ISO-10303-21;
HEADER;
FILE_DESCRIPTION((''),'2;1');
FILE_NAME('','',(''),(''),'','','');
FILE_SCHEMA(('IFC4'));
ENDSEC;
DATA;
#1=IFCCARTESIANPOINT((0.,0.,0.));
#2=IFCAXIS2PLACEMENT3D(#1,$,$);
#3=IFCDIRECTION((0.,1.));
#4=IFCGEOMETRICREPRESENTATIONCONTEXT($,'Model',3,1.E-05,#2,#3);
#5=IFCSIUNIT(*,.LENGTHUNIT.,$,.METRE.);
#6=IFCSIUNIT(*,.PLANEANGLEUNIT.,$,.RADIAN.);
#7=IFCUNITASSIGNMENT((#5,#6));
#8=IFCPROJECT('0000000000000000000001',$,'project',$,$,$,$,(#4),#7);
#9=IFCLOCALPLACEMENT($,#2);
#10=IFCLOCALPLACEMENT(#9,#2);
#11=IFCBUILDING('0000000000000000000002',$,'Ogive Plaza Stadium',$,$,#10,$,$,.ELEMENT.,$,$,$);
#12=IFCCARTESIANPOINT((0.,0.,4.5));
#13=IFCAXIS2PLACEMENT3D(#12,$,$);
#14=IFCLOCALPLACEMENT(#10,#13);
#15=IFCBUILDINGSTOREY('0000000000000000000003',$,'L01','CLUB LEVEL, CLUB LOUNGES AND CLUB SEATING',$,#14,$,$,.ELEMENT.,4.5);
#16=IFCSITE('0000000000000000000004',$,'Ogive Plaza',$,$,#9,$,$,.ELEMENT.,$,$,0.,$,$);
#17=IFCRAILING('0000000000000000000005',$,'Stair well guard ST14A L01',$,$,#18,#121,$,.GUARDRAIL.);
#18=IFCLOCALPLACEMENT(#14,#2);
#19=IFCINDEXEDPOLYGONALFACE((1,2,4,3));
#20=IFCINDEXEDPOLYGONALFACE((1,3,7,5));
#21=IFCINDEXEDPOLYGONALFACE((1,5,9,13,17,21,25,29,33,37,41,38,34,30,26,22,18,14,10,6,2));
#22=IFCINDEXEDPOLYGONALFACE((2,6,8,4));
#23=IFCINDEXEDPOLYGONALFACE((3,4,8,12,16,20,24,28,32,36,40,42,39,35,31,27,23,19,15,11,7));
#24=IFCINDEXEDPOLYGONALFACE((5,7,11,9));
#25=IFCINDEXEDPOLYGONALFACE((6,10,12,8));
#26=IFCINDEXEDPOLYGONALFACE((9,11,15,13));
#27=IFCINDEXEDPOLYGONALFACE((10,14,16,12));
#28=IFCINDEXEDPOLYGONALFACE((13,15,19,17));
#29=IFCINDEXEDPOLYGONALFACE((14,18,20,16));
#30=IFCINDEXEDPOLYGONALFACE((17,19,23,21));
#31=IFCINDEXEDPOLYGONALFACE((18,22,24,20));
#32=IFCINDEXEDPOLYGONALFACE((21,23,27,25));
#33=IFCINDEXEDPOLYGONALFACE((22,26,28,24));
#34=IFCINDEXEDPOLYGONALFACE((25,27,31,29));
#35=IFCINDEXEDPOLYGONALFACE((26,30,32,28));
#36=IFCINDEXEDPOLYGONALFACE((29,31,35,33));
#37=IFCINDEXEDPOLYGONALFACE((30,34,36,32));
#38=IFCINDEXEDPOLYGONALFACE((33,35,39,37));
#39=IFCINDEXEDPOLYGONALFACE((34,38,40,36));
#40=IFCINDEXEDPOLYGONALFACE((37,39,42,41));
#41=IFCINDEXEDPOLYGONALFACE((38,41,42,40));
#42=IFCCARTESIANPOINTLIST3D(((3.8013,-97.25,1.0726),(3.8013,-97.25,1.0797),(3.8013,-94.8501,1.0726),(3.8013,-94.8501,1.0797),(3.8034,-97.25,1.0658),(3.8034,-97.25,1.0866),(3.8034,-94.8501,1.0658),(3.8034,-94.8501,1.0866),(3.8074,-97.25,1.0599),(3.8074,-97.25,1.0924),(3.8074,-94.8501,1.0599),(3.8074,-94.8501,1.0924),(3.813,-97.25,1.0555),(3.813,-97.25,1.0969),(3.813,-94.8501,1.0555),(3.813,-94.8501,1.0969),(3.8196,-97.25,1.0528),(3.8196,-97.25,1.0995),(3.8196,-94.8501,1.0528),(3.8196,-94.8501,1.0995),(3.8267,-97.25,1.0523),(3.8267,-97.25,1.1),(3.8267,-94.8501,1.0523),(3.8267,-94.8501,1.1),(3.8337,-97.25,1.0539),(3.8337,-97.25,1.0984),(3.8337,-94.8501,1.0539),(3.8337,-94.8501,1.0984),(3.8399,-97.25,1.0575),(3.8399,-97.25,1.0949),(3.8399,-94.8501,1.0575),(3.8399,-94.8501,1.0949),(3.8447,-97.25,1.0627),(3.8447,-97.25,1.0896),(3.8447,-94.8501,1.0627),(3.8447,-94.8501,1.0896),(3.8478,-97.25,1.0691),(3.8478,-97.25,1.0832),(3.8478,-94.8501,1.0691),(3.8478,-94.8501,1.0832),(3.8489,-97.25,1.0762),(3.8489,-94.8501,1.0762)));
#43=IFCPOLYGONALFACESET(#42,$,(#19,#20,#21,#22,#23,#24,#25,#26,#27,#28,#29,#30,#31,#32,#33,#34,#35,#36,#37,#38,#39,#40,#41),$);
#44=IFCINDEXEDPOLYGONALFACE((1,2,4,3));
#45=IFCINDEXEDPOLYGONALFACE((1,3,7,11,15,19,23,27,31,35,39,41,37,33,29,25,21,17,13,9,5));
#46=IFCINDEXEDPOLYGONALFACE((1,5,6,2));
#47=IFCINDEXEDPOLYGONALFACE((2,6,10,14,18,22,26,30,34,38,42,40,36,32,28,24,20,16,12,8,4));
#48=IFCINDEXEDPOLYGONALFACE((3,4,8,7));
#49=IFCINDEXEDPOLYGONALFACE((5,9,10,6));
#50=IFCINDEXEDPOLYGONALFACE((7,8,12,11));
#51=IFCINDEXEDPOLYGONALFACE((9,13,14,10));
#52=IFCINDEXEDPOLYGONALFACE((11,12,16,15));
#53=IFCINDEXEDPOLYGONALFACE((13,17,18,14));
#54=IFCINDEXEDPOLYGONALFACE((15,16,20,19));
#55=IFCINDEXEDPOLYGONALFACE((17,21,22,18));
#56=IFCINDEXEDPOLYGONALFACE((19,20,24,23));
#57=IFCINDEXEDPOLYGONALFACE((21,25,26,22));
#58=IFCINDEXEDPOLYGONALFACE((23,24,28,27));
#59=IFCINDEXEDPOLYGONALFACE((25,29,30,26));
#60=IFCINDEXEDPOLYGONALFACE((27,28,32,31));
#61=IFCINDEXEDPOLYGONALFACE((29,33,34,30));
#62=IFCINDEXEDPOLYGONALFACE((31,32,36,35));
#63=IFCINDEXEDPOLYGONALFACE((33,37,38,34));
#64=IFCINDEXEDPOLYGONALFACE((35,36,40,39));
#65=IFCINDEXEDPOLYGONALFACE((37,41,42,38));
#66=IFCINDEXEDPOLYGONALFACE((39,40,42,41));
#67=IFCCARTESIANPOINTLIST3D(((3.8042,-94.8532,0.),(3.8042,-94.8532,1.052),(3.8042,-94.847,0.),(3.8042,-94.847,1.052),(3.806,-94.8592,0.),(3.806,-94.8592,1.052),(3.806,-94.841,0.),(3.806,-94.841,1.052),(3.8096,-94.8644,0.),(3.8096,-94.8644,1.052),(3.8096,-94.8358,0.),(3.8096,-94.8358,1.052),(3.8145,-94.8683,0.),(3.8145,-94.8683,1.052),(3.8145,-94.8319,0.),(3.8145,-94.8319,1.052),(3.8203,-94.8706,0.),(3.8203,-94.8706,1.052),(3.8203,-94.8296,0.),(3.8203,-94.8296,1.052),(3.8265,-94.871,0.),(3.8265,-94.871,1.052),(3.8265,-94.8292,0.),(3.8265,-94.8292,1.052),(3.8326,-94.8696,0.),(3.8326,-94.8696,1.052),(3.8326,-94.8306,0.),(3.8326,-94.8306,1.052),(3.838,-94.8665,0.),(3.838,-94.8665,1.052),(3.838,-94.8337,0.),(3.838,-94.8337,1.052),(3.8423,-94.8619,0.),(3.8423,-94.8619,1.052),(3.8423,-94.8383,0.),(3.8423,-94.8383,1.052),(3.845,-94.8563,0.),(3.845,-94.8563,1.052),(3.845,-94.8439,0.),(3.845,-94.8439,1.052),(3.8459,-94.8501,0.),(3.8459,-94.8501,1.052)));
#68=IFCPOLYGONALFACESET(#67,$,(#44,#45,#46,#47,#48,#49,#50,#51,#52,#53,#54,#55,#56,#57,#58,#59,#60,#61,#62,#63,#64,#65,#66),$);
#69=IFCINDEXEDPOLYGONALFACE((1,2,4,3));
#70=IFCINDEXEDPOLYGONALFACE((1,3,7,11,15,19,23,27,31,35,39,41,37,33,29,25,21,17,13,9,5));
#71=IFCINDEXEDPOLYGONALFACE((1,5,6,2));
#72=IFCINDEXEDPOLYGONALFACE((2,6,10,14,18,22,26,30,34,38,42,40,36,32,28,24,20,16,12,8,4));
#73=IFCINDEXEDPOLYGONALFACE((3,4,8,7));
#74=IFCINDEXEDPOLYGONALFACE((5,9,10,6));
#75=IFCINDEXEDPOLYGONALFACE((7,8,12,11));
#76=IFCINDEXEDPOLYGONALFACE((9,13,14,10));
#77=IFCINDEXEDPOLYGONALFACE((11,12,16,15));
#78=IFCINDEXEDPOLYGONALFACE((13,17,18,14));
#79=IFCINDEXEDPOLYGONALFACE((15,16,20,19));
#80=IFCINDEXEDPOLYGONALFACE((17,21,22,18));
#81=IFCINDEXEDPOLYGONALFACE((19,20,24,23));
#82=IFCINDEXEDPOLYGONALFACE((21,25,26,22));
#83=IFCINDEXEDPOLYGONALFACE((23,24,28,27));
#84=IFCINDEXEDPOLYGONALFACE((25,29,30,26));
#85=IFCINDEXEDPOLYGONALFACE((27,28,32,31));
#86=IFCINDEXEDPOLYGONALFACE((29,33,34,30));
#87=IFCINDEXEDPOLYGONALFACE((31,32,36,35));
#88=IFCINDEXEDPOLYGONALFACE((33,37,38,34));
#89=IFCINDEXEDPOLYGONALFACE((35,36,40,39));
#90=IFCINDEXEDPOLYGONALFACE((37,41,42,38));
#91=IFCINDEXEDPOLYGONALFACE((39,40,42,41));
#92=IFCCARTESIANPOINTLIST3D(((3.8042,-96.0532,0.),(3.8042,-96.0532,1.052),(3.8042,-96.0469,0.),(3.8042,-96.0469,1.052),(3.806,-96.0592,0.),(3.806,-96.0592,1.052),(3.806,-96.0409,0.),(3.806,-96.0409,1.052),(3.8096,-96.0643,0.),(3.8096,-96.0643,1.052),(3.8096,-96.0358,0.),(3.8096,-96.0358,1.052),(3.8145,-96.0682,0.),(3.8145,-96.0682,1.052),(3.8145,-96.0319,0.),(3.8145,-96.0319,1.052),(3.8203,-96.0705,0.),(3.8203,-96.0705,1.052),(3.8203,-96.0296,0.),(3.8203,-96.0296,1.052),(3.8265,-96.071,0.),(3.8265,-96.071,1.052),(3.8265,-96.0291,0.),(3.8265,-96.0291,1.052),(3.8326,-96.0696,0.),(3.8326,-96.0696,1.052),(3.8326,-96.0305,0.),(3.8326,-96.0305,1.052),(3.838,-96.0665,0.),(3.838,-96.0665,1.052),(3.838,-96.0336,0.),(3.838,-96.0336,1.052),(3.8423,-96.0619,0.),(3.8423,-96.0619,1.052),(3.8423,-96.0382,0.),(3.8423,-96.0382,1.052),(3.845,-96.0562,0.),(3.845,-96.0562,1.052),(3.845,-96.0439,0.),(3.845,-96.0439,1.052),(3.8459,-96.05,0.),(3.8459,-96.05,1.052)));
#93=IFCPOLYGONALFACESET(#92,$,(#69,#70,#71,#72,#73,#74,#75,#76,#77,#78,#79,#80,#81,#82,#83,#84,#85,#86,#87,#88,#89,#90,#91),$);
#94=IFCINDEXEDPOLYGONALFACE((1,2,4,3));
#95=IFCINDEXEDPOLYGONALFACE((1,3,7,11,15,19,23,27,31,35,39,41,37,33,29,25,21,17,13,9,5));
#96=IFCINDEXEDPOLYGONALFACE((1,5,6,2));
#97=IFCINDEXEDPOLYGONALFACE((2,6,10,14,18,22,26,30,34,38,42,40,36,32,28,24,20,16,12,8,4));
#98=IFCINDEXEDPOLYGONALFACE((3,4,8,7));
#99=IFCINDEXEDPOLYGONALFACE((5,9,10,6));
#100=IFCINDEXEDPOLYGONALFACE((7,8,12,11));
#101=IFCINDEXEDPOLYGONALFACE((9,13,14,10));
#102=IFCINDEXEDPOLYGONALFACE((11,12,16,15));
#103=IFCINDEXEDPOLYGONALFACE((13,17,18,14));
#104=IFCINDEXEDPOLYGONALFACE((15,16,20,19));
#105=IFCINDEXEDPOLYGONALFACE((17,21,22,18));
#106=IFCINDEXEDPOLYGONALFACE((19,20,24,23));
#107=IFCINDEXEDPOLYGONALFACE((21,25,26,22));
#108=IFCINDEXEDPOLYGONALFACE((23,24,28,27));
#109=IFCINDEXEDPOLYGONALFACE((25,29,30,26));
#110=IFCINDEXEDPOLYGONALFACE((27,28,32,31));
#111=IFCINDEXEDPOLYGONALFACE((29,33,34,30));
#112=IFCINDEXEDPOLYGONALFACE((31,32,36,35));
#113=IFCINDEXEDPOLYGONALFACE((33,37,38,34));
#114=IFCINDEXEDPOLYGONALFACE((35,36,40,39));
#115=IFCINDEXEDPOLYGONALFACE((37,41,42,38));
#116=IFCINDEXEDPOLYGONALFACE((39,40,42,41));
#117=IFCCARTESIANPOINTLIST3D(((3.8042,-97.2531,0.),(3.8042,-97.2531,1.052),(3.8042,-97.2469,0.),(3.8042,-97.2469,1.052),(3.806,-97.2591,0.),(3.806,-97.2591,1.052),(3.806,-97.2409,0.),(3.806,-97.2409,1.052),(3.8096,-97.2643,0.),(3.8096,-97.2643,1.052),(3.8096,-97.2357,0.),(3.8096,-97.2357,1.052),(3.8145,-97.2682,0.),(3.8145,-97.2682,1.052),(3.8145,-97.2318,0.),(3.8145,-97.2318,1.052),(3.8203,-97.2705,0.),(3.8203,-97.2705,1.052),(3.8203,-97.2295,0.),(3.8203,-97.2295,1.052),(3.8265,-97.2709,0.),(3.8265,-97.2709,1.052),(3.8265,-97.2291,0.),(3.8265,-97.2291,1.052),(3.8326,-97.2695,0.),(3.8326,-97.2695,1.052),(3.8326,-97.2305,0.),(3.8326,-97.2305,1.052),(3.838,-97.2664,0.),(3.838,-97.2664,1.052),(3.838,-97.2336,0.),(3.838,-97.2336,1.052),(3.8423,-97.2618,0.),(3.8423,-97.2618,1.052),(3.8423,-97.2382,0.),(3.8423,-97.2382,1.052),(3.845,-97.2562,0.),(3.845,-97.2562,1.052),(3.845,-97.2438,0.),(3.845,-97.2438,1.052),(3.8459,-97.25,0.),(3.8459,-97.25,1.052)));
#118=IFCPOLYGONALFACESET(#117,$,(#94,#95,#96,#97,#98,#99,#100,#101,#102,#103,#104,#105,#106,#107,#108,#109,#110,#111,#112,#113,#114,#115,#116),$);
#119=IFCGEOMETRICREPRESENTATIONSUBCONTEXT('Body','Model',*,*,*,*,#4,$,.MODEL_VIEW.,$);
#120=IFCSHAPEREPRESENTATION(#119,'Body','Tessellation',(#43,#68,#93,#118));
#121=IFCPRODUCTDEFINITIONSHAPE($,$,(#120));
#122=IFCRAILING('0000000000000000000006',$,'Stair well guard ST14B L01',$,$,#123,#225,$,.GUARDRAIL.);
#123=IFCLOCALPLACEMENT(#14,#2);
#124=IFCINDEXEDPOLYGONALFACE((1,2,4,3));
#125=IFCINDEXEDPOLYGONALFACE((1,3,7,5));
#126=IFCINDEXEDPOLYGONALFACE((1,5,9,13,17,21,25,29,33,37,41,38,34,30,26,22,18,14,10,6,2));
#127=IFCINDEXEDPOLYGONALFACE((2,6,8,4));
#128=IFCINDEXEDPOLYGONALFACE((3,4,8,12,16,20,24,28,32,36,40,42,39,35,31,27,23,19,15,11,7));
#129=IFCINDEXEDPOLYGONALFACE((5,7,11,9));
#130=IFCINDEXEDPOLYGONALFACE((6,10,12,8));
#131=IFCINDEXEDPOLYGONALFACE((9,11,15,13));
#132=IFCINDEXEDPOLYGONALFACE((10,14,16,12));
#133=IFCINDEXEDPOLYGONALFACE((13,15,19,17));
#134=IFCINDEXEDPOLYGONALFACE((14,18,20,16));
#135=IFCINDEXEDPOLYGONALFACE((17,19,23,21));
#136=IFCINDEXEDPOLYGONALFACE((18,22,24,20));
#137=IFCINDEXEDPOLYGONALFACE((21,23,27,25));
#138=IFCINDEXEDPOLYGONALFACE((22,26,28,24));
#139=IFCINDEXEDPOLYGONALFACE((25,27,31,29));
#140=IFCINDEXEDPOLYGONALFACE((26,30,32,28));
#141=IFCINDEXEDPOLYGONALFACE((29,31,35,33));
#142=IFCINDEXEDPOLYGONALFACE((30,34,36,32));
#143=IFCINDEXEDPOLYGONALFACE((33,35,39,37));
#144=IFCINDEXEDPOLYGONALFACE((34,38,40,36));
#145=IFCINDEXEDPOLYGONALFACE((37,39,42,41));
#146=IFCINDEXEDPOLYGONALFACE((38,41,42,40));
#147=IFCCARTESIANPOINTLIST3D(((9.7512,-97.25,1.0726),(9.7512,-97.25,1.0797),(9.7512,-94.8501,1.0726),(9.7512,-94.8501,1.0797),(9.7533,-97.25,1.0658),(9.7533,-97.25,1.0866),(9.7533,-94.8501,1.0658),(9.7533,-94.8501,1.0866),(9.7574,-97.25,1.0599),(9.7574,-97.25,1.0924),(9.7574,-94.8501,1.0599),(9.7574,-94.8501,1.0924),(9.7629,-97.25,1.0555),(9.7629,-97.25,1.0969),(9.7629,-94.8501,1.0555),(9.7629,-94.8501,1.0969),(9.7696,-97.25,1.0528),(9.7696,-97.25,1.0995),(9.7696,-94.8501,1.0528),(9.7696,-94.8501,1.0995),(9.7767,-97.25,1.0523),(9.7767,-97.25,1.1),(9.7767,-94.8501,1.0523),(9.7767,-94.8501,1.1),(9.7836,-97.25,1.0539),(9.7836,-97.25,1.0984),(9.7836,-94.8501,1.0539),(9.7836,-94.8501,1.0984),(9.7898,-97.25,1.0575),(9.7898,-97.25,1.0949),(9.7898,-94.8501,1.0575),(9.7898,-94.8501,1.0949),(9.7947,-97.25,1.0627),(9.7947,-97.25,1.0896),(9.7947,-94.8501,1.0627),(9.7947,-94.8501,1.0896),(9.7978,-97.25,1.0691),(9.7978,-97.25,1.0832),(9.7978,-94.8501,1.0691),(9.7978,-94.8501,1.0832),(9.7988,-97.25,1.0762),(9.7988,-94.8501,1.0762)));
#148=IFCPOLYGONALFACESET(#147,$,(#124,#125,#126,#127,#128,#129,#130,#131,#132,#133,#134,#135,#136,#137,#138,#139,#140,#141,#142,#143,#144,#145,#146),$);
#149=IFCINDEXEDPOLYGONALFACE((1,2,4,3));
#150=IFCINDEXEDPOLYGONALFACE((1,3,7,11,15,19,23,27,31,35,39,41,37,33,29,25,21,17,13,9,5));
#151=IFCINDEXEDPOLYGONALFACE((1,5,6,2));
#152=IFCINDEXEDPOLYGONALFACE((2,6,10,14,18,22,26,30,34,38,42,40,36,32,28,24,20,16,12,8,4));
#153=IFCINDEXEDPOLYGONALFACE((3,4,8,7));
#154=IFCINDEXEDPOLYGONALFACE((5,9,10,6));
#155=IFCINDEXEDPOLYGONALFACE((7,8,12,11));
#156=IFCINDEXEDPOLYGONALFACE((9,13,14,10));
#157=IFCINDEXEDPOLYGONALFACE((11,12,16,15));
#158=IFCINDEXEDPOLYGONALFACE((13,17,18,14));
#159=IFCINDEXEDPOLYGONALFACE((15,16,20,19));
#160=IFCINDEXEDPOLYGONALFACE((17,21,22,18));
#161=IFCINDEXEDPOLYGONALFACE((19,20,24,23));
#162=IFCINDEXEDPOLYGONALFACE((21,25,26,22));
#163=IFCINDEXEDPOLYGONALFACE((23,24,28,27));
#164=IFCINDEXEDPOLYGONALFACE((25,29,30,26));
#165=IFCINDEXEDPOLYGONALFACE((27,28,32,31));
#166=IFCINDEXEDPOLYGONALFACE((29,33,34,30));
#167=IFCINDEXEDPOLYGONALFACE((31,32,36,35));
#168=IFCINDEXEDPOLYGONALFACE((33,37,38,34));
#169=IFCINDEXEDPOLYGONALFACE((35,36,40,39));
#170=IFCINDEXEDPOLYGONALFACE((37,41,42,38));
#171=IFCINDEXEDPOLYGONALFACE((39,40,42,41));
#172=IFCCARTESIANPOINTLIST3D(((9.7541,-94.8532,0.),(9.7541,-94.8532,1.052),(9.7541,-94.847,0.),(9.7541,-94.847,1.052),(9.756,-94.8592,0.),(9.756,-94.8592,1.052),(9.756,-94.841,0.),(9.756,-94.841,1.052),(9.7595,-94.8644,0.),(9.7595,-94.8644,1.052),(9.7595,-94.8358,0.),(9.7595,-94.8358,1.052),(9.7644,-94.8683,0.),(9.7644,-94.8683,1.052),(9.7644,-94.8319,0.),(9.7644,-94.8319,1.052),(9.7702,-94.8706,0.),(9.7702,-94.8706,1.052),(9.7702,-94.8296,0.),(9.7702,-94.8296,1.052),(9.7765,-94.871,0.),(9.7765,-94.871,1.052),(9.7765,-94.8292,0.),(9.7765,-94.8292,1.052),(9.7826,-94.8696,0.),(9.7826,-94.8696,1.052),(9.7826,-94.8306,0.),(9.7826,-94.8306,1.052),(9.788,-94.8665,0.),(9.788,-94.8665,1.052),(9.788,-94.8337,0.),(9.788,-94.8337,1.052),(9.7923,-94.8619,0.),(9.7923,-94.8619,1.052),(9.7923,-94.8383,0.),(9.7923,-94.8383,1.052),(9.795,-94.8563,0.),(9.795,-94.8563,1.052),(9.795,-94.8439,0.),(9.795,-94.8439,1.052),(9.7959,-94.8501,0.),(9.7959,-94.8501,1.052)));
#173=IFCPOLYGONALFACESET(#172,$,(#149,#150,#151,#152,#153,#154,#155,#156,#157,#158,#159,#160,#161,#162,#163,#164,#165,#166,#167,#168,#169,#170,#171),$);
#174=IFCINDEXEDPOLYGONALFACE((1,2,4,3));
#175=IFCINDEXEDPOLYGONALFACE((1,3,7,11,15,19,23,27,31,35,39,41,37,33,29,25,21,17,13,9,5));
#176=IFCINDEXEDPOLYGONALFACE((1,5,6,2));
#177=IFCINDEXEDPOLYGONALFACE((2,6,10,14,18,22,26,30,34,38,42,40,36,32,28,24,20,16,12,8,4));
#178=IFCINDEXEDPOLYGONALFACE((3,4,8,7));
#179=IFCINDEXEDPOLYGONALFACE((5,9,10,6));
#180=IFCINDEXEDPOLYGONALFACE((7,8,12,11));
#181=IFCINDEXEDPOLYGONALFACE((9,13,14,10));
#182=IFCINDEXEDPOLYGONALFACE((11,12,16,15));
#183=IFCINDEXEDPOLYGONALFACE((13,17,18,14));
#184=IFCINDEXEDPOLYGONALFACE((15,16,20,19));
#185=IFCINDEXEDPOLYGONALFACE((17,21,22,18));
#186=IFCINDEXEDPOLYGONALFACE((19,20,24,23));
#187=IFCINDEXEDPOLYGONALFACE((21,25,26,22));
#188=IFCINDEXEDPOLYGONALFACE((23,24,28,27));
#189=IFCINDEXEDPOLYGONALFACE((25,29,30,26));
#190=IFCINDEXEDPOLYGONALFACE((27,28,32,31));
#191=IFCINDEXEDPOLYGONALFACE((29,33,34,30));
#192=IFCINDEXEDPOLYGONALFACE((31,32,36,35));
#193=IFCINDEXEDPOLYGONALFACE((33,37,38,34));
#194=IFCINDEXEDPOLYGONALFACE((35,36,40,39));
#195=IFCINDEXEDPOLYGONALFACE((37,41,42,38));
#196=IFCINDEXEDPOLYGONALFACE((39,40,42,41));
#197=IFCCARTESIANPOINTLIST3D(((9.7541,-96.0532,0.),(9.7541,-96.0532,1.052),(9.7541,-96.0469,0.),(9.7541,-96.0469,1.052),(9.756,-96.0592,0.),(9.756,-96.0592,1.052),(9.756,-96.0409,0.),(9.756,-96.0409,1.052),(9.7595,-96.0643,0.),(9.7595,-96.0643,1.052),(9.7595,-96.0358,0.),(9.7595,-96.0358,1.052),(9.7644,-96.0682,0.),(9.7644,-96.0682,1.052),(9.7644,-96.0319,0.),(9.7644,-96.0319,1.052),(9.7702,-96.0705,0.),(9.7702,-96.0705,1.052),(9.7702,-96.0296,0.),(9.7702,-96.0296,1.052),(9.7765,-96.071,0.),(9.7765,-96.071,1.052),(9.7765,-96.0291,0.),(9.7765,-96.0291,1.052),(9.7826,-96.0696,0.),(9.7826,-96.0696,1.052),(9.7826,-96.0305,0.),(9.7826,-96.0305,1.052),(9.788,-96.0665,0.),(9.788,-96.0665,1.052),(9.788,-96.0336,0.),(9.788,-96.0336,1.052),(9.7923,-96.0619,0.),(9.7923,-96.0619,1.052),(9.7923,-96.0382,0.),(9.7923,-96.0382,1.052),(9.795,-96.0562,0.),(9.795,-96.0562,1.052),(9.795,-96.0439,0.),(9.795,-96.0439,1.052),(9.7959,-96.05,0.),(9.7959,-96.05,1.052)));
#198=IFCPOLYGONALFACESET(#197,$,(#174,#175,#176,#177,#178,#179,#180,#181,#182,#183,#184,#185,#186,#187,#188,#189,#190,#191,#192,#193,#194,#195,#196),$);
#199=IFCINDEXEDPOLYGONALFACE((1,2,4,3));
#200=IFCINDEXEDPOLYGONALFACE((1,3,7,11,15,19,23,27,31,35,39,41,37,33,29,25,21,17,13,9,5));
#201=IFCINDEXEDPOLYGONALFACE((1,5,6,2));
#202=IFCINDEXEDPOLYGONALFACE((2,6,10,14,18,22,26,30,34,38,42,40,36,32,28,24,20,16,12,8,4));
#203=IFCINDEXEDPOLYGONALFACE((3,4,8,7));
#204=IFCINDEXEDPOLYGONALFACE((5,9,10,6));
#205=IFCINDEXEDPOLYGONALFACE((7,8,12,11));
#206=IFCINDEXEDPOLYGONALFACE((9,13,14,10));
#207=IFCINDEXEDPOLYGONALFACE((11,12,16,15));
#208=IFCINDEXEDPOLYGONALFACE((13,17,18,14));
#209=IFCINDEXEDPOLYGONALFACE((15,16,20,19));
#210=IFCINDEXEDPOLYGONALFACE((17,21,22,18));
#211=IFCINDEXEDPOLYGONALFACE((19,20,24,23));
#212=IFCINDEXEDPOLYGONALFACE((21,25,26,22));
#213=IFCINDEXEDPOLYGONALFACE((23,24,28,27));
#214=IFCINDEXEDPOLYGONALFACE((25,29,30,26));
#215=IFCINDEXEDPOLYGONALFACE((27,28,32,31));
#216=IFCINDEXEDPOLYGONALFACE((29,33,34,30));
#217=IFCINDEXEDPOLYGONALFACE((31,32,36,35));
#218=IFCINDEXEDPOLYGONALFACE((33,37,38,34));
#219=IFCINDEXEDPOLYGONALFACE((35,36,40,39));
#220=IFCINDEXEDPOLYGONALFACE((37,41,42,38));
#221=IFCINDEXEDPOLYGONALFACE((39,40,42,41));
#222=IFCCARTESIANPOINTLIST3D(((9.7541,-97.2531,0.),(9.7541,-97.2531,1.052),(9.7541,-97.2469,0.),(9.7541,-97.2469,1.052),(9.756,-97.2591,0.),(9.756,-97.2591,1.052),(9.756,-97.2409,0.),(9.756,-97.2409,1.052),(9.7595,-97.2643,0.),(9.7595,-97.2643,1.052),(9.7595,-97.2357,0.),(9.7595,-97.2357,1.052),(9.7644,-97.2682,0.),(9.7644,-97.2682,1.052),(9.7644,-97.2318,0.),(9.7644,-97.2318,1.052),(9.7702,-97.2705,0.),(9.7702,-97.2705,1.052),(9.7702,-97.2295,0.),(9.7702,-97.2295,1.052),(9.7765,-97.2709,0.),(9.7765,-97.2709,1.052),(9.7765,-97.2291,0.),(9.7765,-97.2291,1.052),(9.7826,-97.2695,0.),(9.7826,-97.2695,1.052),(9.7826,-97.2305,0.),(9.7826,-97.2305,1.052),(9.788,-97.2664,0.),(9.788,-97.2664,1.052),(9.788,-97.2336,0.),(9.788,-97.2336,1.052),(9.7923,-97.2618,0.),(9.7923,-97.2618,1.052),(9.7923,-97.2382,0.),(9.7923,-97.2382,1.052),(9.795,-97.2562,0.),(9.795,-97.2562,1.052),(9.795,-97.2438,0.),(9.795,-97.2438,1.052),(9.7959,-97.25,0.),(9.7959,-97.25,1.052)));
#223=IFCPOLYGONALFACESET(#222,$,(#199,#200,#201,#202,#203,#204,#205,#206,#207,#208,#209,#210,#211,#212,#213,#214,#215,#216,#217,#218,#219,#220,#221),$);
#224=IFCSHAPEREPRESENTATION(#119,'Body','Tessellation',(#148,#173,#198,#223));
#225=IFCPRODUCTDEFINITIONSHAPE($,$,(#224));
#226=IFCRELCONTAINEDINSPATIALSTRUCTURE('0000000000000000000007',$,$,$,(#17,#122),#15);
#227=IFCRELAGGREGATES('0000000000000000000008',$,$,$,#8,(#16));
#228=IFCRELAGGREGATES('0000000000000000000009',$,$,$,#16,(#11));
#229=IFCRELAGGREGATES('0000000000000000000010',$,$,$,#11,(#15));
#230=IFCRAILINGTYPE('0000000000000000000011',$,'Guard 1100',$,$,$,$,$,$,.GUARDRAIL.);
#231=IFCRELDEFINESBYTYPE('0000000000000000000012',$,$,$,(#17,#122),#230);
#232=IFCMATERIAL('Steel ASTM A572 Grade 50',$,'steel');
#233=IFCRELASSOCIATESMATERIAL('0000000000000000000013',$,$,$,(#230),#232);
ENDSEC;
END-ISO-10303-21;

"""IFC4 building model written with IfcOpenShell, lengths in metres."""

from ifc_helpers import new_model, si_unit, direction, frame, origin, origin_2d, place, context, subcontext, project, spatial, circle, extrude, material, type_object, element, save


model = new_model("IFC4")

# Units and contexts
model_context = context("Model", 3, precision=1e-05, world=origin(), true_north=direction((0.0, 1.0)))
body_context = subcontext(model_context, "Body", "Model", "MODEL_VIEW")
ifc_project = project(units=[si_unit("LENGTHUNIT", "METRE"), si_unit("PLANEANGLEUNIT", "RADIAN")], contexts=[model_context])

# Site, building, storey
site_placement = place(None, origin())
site = spatial("IfcSite", under=ifc_project, at=site_placement, Name="Ogive Plaza", CompositionType="ELEMENT", RefElevation=0.0)
building_placement = place(site_placement, origin())
building = spatial("IfcBuilding", under=site, at=building_placement, Name="Ogive Plaza Stadium", CompositionType="ELEMENT")
storey_placement = place(building_placement, frame((0.0, 0.0, 4.5)))
storey = spatial("IfcBuildingStorey", under=building, at=storey_placement, Name="L01", Description="CLUB LEVEL, CLUB LOUNGES AND CLUB SEATING", CompositionType="ELEMENT", Elevation=4.5)

# Railings
ifc_material_1 = material(Name="Steel ASTM A572 Grade 50", Category="steel")
railing_type_1 = type_object("IfcRailingType", Name="Guard 1100", PredefinedType="GUARDRAIL", material=ifc_material_1)
for number, where, name in (
    (1, (3.825, -94.8501, 0.0), "Stair well guard ST14A L01"),
    (2, (9.7749, -94.8501, 0.0), "Stair well guard ST14B L01"),
):
    element("IfcRailing", number, at=place(storey_placement, frame(where)), inside=storey, type_object=railing_type_1, Name=name, PredefinedType="GUARDRAIL", context=body_context, shape_type="SweptSolid", body=[
        extrude(circle(Radius=0.0239, at=origin_2d()), frame((0.0, 0.0, 1.0762), z_axis=(0.0, -1.0, 0.0), x_axis=(1.0, 0.0, 0.0)), (0.0, 0.0, 1.0), 2.3999),
        extrude(circle(Radius=0.021, at=origin_2d()), origin(), (0.0, 0.0, 1.0), 1.052),
        extrude(circle(Radius=0.021, at=origin_2d()), frame((0.0, -1.2, 0.0)), (0.0, 0.0, 1.0), 1.052),
        extrude(circle(Radius=0.021, at=origin_2d()), frame((0.0, -2.3999, 0.0)), (0.0, 0.0, 1.0), 1.052),
    ])

save(model, "model.ifc")
